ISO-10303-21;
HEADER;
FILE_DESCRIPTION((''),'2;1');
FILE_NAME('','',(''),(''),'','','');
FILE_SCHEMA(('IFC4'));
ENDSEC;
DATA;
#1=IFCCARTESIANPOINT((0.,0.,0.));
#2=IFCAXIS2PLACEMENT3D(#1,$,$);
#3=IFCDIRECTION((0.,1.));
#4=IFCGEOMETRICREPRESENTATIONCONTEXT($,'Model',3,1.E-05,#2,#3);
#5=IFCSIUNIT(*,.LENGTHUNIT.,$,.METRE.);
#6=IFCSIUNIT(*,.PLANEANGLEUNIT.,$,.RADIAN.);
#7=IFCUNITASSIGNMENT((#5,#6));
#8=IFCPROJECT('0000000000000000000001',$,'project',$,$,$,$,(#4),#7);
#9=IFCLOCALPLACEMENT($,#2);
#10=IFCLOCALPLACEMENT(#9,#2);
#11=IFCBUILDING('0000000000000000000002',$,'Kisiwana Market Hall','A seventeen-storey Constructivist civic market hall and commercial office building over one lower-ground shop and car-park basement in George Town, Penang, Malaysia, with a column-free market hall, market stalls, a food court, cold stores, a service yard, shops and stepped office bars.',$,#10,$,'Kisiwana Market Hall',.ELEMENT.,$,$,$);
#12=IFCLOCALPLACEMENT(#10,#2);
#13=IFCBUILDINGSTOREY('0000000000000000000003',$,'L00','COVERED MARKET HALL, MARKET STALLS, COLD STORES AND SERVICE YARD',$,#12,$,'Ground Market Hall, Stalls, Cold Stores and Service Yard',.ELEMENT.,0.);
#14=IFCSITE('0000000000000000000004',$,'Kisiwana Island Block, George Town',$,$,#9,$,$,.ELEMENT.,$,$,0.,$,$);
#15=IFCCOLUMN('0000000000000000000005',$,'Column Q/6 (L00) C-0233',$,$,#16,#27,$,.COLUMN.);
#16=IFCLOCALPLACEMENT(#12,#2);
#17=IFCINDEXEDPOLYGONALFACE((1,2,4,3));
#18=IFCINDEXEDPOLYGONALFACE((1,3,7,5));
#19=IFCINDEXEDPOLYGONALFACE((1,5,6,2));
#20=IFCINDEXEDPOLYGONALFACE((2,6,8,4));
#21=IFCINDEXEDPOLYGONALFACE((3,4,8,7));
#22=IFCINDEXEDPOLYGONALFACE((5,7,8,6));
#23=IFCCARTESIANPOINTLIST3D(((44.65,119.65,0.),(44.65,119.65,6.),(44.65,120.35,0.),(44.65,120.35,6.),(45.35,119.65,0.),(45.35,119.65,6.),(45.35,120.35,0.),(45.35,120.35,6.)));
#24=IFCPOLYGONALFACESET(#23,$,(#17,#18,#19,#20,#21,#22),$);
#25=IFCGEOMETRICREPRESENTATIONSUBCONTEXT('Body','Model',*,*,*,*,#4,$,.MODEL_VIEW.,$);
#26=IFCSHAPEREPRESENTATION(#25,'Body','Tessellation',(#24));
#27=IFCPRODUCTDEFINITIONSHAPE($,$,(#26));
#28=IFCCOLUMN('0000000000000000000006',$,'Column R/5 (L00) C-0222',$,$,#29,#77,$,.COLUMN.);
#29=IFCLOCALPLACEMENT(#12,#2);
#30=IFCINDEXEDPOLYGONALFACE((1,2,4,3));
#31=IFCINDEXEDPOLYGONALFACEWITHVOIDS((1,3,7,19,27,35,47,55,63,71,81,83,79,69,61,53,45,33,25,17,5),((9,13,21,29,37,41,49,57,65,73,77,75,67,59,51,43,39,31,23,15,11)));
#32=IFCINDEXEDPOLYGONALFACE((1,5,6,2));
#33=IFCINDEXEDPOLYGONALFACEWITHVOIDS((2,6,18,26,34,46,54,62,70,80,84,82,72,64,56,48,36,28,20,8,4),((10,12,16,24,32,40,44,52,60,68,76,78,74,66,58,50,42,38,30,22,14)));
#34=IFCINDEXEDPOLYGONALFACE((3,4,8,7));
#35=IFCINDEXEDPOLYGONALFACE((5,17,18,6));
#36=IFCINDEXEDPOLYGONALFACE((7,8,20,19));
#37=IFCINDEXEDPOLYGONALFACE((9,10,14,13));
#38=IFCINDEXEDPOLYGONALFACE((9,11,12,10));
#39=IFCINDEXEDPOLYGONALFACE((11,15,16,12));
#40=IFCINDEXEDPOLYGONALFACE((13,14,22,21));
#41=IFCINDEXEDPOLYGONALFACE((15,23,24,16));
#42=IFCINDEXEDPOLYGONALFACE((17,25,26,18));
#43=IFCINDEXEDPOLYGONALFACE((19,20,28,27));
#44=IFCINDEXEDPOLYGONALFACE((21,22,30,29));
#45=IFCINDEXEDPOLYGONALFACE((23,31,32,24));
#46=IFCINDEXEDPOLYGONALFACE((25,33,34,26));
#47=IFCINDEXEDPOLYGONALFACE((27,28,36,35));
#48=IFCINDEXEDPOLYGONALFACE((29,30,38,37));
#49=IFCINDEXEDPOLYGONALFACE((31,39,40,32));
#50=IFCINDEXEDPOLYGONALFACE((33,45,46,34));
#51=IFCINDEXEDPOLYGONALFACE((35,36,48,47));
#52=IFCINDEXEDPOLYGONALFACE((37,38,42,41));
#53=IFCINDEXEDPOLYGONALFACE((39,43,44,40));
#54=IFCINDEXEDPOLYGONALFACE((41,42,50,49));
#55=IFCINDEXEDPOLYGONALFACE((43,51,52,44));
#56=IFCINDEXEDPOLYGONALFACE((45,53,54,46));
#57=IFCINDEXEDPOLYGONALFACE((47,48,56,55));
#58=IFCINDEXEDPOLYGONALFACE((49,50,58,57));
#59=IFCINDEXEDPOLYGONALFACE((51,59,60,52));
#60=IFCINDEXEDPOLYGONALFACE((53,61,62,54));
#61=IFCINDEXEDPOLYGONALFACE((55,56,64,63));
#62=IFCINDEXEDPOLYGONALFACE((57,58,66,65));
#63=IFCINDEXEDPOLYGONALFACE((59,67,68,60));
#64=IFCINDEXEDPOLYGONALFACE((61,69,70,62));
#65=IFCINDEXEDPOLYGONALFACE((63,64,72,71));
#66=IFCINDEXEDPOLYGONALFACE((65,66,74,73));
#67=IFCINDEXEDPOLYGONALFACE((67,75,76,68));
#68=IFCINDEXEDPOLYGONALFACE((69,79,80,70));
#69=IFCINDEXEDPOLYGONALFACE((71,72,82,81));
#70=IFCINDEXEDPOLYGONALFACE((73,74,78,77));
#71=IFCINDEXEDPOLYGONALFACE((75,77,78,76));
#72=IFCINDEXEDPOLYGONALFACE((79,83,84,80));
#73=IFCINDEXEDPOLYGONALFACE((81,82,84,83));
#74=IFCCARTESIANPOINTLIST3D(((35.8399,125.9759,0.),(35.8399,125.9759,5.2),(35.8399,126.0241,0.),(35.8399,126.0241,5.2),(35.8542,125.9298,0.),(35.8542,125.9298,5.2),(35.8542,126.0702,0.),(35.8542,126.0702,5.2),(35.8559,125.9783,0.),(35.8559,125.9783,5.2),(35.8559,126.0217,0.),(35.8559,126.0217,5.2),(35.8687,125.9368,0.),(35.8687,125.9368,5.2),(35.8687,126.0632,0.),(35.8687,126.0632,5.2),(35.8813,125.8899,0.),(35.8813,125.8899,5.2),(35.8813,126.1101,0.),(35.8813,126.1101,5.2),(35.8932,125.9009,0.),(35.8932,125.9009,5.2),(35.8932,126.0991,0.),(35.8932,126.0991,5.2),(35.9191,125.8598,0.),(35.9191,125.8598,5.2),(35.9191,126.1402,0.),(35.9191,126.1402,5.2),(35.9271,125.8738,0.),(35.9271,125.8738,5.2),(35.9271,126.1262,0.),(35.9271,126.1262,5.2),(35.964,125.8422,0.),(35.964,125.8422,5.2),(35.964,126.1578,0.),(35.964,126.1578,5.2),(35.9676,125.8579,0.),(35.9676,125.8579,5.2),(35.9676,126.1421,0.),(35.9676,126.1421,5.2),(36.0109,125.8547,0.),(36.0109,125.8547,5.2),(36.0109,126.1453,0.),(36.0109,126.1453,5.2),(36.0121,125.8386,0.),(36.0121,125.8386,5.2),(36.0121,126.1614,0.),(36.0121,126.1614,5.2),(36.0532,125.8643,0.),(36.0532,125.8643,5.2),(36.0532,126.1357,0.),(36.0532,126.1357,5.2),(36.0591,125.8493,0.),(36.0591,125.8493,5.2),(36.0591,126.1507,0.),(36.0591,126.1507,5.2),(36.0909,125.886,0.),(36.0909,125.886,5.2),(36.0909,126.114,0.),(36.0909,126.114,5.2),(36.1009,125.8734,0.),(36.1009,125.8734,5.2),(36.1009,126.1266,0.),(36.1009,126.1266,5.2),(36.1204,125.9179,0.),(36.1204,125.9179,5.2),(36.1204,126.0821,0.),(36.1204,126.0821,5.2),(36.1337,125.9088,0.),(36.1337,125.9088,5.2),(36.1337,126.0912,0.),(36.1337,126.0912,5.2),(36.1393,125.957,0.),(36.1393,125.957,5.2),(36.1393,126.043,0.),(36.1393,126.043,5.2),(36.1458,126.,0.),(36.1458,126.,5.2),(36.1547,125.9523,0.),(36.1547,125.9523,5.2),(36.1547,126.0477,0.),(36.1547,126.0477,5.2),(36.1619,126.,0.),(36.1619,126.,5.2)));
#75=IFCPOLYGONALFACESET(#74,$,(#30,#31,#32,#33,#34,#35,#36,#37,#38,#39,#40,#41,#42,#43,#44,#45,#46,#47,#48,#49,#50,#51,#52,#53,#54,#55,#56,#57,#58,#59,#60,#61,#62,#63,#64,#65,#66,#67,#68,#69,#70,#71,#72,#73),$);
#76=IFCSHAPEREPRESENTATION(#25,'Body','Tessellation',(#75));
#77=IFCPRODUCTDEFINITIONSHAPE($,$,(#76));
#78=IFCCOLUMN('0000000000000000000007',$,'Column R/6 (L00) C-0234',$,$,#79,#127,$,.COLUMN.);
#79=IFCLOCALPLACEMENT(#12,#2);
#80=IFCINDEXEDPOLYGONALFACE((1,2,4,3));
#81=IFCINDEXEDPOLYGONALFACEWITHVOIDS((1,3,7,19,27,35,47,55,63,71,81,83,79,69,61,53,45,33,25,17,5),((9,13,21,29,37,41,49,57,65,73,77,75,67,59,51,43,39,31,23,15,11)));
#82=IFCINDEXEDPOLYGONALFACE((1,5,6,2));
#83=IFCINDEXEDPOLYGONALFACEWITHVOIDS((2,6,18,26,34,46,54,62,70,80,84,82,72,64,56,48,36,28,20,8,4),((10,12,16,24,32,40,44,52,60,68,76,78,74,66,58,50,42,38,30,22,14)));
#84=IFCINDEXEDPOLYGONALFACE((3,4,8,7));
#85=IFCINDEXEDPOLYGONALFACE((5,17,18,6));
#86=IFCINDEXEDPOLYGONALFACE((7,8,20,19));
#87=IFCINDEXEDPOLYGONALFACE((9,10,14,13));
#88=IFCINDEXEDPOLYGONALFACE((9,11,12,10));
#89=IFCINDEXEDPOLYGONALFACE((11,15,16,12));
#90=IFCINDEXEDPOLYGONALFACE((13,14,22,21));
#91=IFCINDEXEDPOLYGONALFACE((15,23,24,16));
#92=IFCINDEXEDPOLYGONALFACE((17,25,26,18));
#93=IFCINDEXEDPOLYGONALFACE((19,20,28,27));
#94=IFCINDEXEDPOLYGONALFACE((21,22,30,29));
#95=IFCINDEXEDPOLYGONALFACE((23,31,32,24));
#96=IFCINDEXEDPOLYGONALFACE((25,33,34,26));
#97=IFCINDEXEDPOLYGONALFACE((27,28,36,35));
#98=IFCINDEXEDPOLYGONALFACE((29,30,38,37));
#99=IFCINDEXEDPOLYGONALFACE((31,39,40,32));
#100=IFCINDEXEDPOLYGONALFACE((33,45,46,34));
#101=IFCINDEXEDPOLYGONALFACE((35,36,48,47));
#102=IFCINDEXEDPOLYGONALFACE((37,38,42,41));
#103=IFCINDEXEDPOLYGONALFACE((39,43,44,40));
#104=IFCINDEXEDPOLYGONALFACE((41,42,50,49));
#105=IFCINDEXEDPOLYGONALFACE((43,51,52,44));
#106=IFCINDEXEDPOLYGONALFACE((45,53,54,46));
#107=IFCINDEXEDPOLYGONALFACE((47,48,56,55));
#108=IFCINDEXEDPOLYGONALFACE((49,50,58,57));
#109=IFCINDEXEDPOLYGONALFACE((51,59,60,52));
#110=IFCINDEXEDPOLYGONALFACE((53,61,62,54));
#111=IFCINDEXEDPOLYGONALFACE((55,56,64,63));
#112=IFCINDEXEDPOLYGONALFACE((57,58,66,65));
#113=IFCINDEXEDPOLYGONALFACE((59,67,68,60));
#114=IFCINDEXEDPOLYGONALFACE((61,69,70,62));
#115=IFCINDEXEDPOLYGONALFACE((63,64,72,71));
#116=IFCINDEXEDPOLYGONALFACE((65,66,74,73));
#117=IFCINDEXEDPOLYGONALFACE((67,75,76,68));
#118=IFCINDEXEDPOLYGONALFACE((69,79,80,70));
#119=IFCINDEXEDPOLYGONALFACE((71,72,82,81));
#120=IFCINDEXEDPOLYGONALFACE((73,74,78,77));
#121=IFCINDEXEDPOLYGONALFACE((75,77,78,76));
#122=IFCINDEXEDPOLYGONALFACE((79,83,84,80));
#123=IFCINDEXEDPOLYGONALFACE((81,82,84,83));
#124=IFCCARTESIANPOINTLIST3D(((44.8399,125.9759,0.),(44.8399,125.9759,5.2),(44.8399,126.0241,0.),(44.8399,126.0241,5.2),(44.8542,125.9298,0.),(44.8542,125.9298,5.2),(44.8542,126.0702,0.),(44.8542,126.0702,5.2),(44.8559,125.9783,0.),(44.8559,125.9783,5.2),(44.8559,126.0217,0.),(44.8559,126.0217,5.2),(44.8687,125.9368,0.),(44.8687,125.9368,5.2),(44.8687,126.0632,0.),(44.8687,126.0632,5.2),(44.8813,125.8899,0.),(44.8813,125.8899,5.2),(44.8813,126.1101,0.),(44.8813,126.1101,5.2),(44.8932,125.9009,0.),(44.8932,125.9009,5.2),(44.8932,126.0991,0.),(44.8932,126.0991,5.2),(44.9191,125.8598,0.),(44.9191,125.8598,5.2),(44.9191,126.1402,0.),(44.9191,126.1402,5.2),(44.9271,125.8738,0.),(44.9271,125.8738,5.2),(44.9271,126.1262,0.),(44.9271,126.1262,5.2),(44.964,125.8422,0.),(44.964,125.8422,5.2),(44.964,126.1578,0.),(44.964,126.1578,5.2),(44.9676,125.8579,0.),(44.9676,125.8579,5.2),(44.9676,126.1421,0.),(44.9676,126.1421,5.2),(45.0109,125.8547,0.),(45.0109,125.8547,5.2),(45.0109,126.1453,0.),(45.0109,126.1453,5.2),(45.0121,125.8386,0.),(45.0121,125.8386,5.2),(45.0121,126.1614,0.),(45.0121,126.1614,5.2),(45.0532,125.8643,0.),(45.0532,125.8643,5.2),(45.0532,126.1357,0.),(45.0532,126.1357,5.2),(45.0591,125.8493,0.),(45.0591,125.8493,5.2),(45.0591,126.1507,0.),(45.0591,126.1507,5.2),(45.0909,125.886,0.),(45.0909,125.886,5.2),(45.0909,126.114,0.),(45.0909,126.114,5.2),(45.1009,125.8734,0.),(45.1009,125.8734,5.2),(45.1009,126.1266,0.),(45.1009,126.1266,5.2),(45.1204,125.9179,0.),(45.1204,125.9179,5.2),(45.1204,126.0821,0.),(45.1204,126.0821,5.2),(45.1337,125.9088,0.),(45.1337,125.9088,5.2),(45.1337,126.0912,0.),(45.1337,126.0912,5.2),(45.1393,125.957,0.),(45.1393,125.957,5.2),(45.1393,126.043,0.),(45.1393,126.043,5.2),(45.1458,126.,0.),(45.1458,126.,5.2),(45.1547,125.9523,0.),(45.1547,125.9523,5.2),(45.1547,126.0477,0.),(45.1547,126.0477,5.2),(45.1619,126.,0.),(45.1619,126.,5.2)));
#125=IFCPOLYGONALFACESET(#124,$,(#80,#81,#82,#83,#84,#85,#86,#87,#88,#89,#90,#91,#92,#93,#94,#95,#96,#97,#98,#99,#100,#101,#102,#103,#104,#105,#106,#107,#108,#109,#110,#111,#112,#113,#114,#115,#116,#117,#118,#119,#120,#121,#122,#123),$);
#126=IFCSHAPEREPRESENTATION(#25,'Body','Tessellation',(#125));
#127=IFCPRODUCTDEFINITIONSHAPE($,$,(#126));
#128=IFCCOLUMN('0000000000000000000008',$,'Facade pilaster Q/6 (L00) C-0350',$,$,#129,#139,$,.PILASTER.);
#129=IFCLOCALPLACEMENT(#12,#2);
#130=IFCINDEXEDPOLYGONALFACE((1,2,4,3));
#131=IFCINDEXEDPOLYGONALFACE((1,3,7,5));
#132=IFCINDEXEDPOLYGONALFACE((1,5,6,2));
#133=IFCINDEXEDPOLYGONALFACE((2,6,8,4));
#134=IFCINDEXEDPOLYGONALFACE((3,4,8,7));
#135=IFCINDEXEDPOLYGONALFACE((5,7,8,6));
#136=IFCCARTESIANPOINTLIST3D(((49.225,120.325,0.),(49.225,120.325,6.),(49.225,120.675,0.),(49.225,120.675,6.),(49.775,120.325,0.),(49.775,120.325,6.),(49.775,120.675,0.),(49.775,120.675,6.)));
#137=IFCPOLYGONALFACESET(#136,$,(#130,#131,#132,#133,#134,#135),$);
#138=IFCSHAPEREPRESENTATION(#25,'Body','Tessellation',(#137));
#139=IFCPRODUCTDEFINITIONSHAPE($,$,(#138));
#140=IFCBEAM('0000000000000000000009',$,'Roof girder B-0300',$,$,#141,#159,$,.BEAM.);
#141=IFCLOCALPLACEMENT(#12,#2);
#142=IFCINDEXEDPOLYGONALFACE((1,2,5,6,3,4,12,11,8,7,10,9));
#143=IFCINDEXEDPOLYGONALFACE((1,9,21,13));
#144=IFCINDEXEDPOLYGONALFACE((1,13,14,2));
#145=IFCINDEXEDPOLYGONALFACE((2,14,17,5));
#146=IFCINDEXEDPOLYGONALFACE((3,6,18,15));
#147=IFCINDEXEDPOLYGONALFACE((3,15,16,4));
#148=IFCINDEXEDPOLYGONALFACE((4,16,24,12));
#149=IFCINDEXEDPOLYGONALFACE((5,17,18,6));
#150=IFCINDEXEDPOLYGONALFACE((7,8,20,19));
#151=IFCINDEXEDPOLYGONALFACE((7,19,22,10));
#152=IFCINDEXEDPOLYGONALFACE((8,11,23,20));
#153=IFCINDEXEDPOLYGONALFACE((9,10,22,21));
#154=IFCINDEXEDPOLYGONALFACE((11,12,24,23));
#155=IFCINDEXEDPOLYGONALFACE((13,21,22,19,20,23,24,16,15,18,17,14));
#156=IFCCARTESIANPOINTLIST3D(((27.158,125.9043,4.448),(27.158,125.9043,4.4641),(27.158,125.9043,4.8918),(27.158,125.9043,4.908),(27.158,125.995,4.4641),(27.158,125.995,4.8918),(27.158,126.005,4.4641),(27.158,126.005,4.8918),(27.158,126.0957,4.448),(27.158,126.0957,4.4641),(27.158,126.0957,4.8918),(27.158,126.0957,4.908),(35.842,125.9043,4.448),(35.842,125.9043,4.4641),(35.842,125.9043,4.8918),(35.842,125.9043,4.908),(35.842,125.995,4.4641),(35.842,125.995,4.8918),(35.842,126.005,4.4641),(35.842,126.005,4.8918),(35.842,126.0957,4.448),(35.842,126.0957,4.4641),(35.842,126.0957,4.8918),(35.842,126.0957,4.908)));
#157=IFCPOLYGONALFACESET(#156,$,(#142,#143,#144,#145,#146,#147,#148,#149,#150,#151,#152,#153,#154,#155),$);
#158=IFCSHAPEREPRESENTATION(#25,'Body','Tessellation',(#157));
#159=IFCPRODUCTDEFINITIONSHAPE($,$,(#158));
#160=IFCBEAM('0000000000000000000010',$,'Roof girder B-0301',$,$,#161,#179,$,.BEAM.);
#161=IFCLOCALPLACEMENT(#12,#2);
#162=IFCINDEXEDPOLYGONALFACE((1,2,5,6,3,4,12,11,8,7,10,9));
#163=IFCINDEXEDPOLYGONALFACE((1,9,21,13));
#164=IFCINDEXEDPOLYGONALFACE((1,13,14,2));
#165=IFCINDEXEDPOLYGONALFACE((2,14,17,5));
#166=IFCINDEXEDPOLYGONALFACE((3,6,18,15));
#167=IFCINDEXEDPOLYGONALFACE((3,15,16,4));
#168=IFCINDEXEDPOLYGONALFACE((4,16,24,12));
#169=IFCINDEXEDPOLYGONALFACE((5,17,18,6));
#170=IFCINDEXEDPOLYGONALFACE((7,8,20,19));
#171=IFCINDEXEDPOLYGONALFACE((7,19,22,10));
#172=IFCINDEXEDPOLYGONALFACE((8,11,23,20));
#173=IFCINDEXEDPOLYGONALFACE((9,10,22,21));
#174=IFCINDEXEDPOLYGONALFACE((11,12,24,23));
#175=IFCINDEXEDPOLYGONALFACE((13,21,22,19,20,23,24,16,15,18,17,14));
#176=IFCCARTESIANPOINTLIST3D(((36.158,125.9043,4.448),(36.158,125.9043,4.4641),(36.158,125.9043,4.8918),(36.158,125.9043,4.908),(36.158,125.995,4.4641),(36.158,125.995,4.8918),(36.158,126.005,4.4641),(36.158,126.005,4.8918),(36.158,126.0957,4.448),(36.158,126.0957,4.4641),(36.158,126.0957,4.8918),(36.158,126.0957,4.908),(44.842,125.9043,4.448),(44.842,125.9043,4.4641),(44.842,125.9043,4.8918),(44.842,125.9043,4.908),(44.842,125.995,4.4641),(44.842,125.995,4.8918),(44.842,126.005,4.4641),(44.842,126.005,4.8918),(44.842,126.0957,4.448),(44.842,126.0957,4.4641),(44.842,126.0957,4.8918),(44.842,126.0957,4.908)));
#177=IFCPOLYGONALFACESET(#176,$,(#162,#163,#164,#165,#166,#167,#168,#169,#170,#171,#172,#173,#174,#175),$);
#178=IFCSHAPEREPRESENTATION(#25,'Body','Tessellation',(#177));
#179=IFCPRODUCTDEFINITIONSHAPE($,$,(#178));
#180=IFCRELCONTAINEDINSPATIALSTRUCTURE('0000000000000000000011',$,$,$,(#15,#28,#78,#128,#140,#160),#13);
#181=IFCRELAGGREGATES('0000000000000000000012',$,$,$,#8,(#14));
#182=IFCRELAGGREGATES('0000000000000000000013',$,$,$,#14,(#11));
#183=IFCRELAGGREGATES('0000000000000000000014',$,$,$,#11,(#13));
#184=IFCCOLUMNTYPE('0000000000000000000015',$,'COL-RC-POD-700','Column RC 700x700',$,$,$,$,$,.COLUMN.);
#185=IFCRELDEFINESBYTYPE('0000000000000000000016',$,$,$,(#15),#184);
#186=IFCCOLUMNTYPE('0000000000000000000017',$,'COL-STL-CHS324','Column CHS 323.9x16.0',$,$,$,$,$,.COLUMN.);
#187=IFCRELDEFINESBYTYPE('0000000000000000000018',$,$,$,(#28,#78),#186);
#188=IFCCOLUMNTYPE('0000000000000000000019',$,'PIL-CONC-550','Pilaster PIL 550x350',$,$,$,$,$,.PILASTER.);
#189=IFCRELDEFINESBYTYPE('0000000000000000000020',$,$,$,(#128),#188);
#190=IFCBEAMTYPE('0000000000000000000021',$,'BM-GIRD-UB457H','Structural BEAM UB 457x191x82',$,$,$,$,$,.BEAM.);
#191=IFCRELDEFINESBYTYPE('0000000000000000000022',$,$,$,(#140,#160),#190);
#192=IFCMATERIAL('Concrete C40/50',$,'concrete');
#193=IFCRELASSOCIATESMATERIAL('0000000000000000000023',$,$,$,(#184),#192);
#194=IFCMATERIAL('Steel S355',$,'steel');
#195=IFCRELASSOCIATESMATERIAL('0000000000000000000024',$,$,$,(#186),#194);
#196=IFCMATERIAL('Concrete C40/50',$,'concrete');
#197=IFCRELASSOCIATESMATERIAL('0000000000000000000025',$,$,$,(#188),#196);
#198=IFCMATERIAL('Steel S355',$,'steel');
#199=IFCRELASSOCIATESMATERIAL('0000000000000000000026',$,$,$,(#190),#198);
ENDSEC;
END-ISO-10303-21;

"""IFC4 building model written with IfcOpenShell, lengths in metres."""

from ifc_helpers import new_model, si_unit, direction, frame, origin, origin_2d, place, context, subcontext, project, spatial, rectangle, hollow_circle, i_section, extrude, material, material_profile, profile_set, type_object, element, save


model = new_model("IFC4")

# Units and contexts
model_context = context("Model", 3, precision=1e-05, world=origin(), true_north=direction((0.0, 1.0)))
body_context = subcontext(model_context, "Body", "Model", "MODEL_VIEW")
ifc_project = project(units=[si_unit("LENGTHUNIT", "METRE"), si_unit("PLANEANGLEUNIT", "RADIAN")], contexts=[model_context])

# Site, building, storey
site_placement = place(None, origin())
site = spatial("IfcSite", under=ifc_project, at=site_placement, Name="Kisiwana Island Block, George Town", CompositionType="ELEMENT", RefElevation=0.0)
building_placement = place(site_placement, origin())
building = spatial("IfcBuilding", under=site, at=building_placement, Name="Kisiwana Market Hall", Description="A seventeen-storey Constructivist civic market hall and commercial office building over one lower-ground shop and car-park basement in George Town, Penang, Malaysia, with a column-free market hall, market stalls, a food court, cold stores, a service yard, shops and stepped office bars.", LongName="Kisiwana Market Hall", CompositionType="ELEMENT")
storey_placement = place(building_placement, origin())
storey = spatial("IfcBuildingStorey", under=building, at=storey_placement, Name="L00", Description="COVERED MARKET HALL, MARKET STALLS, COLD STORES AND SERVICE YARD", LongName="Ground Market Hall, Stalls, Cold Stores and Service Yard", CompositionType="ELEMENT", Elevation=0.0)

# Columns
ifc_material_1 = material(Name="Concrete C40/50", Category="concrete")
ifc_material_profile_1 = material_profile(ifc_material_1, rectangle(XDim=0.7, YDim=0.7, at=origin_2d()), Name="RC 700x700")
ifc_profile_set_1 = profile_set([ifc_material_profile_1], Name="Concrete C40/50")
column_type_1 = type_object("IfcColumnType", Name="COL-RC-POD-700", Description="Column RC 700x700", PredefinedType="COLUMN", material=ifc_profile_set_1)
column_1_placement = place(storey_placement, frame((45.0, 120.0, 0.0), z_axis=(0.0, 0.0, 1.0), x_axis=(1.0, 0.0, 0.0)))
element("IfcColumn", 1, at=column_1_placement, inside=storey, type_object=column_type_1, Name="Column Q/6 (L00) C-0233", PredefinedType="COLUMN", context=body_context, shape_type="SweptSolid", body=[
    extrude(rectangle(XDim=0.7, YDim=0.7, at=origin_2d()), origin(), (0.0, 0.0, 1.0), 6.0),
])
ifc_material_2 = material(Name="Steel S355", Category="steel")
ifc_material_profile_2 = material_profile(ifc_material_2, hollow_circle(Radius=0.1619, WallThickness=0.0161, at=origin_2d()), Name="CHS 323.9x16.0")
ifc_profile_set_2 = profile_set([ifc_material_profile_2], Name="Steel S355")
column_type_2 = type_object("IfcColumnType", Name="COL-STL-CHS324", Description="Column CHS 323.9x16.0", PredefinedType="COLUMN", material=ifc_profile_set_2)
for number, where, z_axis, x_axis, name in (
    (2, (36.0, 126.0, 0.0), (0.0, 0.0, 1.0), (1.0, 0.0, 0.0), "Column R/5 (L00) C-0222"),
    (3, (45.0, 126.0, 0.0), (0.0, 0.0, 1.0), (1.0, 0.0, 0.0), "Column R/6 (L00) C-0234"),
):
    element("IfcColumn", number, at=place(storey_placement, frame(where, z_axis=z_axis, x_axis=x_axis)), inside=storey, type_object=column_type_2, Name=name, PredefinedType="COLUMN", context=body_context, shape_type="SweptSolid", body=[
        extrude(hollow_circle(Radius=0.1619, WallThickness=0.0161, at=origin_2d()), origin(), (0.0, 0.0, 1.0), 5.2),
    ])
ifc_material_3 = material(Name="Concrete C40/50", Category="concrete")
ifc_material_profile_3 = material_profile(ifc_material_3, rectangle(XDim=0.55, YDim=0.3501, at=origin_2d()), Name="PIL 550x350")
ifc_profile_set_3 = profile_set([ifc_material_profile_3], Name="Concrete C40/50")
column_type_3 = type_object("IfcColumnType", Name="PIL-CONC-550", Description="Pilaster PIL 550x350", PredefinedType="PILASTER", material=ifc_profile_set_3)
column_2_placement = place(storey_placement, frame((49.5, 120.5, 0.0), z_axis=(0.0, 0.0, 1.0), x_axis=(1.0, 0.0, 0.0)))
element("IfcColumn", 4, at=column_2_placement, inside=storey, type_object=column_type_3, Name="Facade pilaster Q/6 (L00) C-0350", PredefinedType="PILASTER", context=body_context, shape_type="SweptSolid", body=[
    extrude(rectangle(XDim=0.55, YDim=0.3501, at=origin_2d()), origin(), (0.0, 0.0, 1.0), 6.0),
])

# Beams
ifc_material_4 = material(Name="Steel S355", Category="steel")
ifc_material_profile_4 = material_profile(ifc_material_4, i_section(OverallWidth=0.1914, OverallDepth=0.46, WebThickness=0.01, FlangeThickness=0.0161, at=origin_2d()), Name="UB 457x191x82")
ifc_profile_set_4 = profile_set([ifc_material_profile_4], Name="Steel S355")
beam_type_1 = type_object("IfcBeamType", Name="BM-GIRD-UB457H", Description="Structural BEAM UB 457x191x82", PredefinedType="BEAM", material=ifc_profile_set_4)
for number, where, z_axis, x_axis, name in (
    (5, (27.158, 126.0, 4.678), (1.0, 0.0, 0.0), (0.0, 1.0, 0.0), "Roof girder B-0300"),
    (6, (36.158, 126.0, 4.678), (1.0, 0.0, 0.0), (0.0, 1.0, 0.0), "Roof girder B-0301"),
):
    element("IfcBeam", number, at=place(storey_placement, frame(where, z_axis=z_axis, x_axis=x_axis)), inside=storey, type_object=beam_type_1, Name=name, PredefinedType="BEAM", context=body_context, shape_type="SweptSolid", body=[
        extrude(i_section(OverallWidth=0.1914, OverallDepth=0.46, WebThickness=0.01, FlangeThickness=0.0161, at=origin_2d()), origin(), (0.0, 0.0, 1.0), 8.6841),
    ])

save(model, "model.ifc")
